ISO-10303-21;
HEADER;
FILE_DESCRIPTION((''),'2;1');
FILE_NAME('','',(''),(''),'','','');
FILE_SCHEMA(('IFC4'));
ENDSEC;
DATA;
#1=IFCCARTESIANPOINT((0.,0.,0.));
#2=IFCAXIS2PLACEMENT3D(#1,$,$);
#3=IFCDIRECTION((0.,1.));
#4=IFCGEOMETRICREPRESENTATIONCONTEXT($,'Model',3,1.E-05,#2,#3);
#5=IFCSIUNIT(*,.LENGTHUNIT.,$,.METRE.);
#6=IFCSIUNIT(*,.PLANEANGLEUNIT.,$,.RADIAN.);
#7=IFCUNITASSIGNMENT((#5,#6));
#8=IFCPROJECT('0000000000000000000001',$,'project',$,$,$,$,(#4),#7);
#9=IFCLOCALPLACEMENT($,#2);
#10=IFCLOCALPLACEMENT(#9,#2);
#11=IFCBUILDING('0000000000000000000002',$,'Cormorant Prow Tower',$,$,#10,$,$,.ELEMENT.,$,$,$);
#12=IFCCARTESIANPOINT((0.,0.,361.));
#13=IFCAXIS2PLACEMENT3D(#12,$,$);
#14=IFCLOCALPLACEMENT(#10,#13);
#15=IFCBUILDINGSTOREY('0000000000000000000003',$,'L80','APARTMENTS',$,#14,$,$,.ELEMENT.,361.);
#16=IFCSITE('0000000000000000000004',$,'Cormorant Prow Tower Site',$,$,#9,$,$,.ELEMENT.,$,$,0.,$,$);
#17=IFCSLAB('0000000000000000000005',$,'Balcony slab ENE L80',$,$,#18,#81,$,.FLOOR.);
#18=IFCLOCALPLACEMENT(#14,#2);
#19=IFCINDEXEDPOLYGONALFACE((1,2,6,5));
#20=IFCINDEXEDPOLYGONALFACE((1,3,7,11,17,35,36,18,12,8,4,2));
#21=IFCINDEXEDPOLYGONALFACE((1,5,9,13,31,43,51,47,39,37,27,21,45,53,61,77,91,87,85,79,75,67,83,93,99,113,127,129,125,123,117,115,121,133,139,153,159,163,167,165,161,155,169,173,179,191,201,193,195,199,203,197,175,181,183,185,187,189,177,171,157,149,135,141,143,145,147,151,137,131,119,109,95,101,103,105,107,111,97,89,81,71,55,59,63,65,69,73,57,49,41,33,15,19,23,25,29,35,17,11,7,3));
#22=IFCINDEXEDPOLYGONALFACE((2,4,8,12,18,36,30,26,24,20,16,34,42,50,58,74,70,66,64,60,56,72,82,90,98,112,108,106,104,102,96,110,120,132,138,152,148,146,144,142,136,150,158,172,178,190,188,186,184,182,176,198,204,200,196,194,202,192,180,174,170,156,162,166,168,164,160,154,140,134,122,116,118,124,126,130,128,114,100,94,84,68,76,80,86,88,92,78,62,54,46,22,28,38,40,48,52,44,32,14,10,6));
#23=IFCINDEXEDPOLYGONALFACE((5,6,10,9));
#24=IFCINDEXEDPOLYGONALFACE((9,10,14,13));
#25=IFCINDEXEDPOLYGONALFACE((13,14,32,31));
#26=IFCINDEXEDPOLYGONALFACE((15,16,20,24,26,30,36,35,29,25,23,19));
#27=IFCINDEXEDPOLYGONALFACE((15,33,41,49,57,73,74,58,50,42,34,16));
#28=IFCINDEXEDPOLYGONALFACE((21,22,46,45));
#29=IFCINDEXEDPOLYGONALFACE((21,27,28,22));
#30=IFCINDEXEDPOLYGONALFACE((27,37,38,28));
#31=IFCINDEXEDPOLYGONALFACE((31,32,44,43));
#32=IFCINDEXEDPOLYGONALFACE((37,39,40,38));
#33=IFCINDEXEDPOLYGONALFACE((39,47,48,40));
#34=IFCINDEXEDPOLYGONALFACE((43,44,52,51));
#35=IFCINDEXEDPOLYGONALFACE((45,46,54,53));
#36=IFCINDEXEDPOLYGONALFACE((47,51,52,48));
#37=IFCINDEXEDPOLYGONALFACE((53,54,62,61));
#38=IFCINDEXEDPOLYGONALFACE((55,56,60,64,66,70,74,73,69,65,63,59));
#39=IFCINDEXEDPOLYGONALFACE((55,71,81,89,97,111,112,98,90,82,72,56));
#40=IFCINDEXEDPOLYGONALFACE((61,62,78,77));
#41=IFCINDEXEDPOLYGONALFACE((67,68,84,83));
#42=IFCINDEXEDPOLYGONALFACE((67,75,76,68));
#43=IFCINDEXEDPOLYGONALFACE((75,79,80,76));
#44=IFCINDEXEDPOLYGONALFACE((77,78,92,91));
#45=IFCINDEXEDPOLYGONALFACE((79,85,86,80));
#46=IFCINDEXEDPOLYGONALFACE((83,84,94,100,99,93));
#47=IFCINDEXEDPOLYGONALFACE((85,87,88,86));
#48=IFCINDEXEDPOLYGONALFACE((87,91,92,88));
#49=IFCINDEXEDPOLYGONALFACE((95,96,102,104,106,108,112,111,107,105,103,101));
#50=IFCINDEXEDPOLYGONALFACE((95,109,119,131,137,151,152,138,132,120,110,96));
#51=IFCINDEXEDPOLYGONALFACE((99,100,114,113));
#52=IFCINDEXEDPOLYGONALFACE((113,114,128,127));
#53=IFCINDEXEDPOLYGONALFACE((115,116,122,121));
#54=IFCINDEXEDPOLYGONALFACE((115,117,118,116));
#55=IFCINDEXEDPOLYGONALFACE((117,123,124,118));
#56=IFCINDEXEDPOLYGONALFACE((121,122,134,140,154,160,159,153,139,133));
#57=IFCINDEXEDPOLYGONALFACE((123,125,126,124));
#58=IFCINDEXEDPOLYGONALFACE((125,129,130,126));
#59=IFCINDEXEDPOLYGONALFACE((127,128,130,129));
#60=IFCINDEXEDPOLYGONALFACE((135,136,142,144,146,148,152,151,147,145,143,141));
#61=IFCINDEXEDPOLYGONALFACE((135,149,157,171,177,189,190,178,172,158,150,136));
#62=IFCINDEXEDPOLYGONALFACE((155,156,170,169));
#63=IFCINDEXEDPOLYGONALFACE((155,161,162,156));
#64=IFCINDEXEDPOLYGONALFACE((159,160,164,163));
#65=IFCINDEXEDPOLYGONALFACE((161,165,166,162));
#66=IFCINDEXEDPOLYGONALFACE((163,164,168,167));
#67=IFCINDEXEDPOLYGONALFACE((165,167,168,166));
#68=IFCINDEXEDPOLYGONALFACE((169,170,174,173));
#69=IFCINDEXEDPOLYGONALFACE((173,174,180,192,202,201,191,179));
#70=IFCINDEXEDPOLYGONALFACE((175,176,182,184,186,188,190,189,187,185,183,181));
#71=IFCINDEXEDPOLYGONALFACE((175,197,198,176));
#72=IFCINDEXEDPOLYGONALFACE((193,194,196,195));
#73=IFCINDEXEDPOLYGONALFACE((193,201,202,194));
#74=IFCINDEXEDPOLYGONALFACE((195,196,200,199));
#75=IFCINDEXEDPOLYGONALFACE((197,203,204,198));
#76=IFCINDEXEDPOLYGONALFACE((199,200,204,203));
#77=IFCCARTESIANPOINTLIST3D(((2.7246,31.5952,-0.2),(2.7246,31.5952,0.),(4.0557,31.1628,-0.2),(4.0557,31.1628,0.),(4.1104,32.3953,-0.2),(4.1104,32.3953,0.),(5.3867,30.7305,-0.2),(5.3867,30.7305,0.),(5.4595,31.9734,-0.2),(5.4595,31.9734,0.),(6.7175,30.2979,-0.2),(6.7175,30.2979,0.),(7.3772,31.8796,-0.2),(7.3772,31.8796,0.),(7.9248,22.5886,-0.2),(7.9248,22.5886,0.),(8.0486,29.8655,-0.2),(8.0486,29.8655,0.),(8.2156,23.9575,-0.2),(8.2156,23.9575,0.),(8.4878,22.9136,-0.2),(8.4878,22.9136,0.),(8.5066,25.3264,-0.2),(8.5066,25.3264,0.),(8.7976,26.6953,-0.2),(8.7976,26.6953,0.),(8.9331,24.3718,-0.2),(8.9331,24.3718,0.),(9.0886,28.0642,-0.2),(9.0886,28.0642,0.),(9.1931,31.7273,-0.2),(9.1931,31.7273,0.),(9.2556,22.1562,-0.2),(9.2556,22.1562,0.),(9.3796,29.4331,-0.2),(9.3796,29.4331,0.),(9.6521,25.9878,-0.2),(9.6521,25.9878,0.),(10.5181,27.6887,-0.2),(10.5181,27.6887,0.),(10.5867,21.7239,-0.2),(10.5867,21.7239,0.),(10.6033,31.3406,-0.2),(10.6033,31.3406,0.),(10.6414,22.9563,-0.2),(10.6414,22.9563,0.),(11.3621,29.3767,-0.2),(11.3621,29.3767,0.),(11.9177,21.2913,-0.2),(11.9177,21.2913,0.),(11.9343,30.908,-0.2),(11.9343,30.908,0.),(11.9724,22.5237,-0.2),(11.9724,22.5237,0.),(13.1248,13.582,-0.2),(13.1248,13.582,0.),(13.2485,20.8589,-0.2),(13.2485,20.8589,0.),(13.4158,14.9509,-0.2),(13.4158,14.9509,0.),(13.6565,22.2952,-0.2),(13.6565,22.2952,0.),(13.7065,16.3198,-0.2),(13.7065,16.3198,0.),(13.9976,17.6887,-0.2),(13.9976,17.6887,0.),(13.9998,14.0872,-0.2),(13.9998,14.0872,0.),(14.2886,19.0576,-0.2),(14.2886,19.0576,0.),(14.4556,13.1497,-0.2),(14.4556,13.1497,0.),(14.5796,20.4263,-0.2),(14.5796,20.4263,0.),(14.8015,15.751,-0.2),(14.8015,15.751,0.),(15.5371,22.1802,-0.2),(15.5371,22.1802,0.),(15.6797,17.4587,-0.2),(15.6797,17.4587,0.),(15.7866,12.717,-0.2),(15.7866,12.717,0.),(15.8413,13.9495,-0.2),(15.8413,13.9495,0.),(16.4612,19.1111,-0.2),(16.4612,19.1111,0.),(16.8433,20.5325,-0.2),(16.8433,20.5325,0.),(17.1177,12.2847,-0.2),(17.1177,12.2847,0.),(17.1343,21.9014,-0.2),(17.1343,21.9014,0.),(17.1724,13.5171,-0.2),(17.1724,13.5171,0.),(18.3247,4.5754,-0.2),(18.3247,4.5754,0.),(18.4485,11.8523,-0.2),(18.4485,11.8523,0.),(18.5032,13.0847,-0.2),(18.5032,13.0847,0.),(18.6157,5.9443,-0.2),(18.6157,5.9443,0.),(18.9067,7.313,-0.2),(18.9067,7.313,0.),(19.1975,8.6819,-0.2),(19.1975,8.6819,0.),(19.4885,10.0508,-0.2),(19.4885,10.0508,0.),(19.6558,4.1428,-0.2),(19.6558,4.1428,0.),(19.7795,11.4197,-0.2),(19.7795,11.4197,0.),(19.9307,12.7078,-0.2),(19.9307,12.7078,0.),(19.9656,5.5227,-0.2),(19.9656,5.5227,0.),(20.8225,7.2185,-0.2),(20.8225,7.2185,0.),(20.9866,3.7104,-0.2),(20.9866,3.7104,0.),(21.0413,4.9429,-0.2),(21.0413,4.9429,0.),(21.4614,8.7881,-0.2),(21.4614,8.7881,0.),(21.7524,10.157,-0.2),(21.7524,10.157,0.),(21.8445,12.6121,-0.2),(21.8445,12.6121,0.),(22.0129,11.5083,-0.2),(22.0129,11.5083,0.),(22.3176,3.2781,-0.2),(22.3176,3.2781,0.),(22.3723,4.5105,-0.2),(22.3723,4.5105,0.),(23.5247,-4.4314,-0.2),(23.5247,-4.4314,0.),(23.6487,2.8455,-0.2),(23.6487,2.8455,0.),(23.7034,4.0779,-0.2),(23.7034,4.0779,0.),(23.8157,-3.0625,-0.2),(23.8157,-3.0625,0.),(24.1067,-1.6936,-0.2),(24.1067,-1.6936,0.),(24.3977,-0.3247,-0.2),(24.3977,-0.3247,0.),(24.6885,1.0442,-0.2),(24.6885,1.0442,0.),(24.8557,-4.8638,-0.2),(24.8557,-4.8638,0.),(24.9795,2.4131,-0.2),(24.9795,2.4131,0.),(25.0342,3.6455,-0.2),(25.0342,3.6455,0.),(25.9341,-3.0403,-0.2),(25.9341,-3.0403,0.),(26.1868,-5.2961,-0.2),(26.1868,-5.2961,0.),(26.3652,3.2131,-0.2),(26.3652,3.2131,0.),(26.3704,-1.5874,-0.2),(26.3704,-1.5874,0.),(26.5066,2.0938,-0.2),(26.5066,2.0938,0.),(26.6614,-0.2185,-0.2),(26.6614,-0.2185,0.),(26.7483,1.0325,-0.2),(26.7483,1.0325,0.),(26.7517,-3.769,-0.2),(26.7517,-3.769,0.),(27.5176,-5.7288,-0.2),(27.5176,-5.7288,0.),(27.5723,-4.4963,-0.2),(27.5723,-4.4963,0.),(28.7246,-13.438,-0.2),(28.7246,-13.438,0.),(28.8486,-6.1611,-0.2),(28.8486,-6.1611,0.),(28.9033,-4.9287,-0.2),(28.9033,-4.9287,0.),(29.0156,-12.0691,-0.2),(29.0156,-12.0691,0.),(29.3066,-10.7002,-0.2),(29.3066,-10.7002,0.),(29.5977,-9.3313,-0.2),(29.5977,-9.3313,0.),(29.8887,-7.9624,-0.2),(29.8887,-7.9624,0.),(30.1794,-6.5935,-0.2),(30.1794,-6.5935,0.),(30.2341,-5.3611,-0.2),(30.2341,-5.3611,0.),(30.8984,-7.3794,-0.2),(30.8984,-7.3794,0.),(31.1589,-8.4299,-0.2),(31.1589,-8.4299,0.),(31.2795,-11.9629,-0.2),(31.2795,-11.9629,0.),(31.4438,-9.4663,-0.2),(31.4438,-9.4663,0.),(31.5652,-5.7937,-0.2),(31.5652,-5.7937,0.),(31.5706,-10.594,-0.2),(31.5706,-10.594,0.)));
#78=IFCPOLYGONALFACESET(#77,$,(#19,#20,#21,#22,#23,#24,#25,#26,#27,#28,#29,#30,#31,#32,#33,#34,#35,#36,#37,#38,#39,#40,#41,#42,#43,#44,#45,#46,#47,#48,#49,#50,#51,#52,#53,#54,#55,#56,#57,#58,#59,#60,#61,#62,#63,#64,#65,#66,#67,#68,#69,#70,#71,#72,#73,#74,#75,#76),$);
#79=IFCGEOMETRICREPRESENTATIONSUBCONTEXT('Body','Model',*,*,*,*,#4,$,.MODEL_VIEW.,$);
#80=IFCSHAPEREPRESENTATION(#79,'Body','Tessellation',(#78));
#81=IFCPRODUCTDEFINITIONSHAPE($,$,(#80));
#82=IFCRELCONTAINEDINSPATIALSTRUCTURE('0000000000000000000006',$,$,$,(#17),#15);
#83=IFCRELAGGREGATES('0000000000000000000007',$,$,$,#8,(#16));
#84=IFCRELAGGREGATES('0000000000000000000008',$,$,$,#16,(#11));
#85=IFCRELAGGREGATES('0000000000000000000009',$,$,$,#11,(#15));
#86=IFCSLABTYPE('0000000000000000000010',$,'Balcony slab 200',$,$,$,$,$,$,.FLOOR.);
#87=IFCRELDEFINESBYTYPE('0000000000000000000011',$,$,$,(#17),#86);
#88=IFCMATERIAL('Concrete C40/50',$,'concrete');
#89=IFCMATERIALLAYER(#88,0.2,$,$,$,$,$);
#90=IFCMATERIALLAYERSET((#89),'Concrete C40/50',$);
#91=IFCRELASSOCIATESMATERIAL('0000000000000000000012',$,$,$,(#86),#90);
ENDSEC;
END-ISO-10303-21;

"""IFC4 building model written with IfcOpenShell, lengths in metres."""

from ifc_helpers import new_model, si_unit, direction, frame, origin, place, context, subcontext, project, spatial, polyline, outline, extrude, material, layer, layer_set, type_object, element, save


model = new_model("IFC4")

# Units and contexts
model_context = context("Model", 3, precision=1e-05, world=origin(), true_north=direction((0.0, 1.0)))
body_context = subcontext(model_context, "Body", "Model", "MODEL_VIEW")
ifc_project = project(units=[si_unit("LENGTHUNIT", "METRE"), si_unit("PLANEANGLEUNIT", "RADIAN")], contexts=[model_context])

# Site, building, storey
site_placement = place(None, origin())
site = spatial("IfcSite", under=ifc_project, at=site_placement, Name="Cormorant Prow Tower Site", CompositionType="ELEMENT", RefElevation=0.0)
building_placement = place(site_placement, origin())
building = spatial("IfcBuilding", under=site, at=building_placement, Name="Cormorant Prow Tower", CompositionType="ELEMENT")
storey_placement = place(building_placement, frame((0.0, 0.0, 361.0)))
storey = spatial("IfcBuildingStorey", under=building, at=storey_placement, Name="L80", Description="APARTMENTS", CompositionType="ELEMENT", Elevation=361.0)

# Slab
ifc_material_1 = material(Name="Concrete C40/50", Category="concrete")
ifc_layer_1 = layer(ifc_material_1, 0.2)
ifc_layer_set_1 = layer_set([ifc_layer_1], Name="Concrete C40/50")
slab_type_1 = type_object("IfcSlabType", Name="Balcony slab 200", PredefinedType="FLOOR", material=ifc_layer_set_1)
slab_1_placement = place(storey_placement, frame((0.0, 0.0, -0.2)))
element("IfcSlab", 1, at=slab_1_placement, inside=storey, type_object=slab_type_1, Name="Balcony slab ENE L80", PredefinedType="FLOOR", context=body_context, shape_type="SweptSolid", body=[
    extrude(outline(polyline([(28.7246, -13.438), (31.2795, -11.9629), (31.5706, -10.594), (31.4438, -9.4663), (31.1589, -8.4299), (30.8984, -7.3794), (31.5652, -5.7937), (30.2341, -5.3611), (28.9033, -4.9287), (27.5723, -4.4963), (26.7517, -3.769), (25.9341, -3.0403), (26.3704, -1.5874), (26.6614, -0.2185), (26.7483, 1.0325), (26.5066, 2.0938), (26.3652, 3.2131), (25.0342, 3.6455), (23.7034, 4.0779), (22.3723, 4.5105), (21.0413, 4.9429), (19.9656, 5.5227), (20.8225, 7.2185), (21.4614, 8.7881), (21.7524, 10.157), (22.0129, 11.5083), (21.8445, 12.6121), (19.9307, 12.7078), (18.5032, 13.0847), (17.1724, 13.5171), (15.8413, 13.9495), (13.9998, 14.0872), (14.8015, 15.751), (15.6797, 17.4587), (16.4612, 19.1111), (16.8433, 20.5325), (17.1343, 21.9014), (15.5371, 22.1802), (13.6565, 22.2952), (11.9724, 22.5237), (10.6414, 22.9563), (8.4878, 22.9136), (8.9331, 24.3718), (9.6521, 25.9878), (10.5181, 27.6887), (11.3621, 29.3767), (11.9343, 30.908), (10.6033, 31.3406), (9.1931, 31.7273), (7.3772, 31.8796), (5.4595, 31.9734), (4.1104, 32.3953), (2.7246, 31.5952), (4.0557, 31.1628), (5.3867, 30.7305), (6.7175, 30.2979), (8.0486, 29.8655), (9.3796, 29.4331), (9.0886, 28.0642), (8.7976, 26.6953), (8.5066, 25.3264), (8.2156, 23.9575), (7.9248, 22.5886), (9.2556, 22.1562), (10.5867, 21.7239), (11.9177, 21.2913), (13.2485, 20.8589), (14.5796, 20.4263), (14.2886, 19.0576), (13.9976, 17.6887), (13.7065, 16.3198), (13.4158, 14.9509), (13.1248, 13.582), (14.4556, 13.1497), (15.7866, 12.717), (17.1177, 12.2847), (18.4485, 11.8523), (19.7795, 11.4197), (19.4885, 10.0508), (19.1975, 8.6819), (18.9067, 7.313), (18.6157, 5.9443), (18.3247, 4.5754), (19.6558, 4.1428), (20.9866, 3.7104), (22.3176, 3.2781), (23.6487, 2.8455), (24.9795, 2.4131), (24.6885, 1.0442), (24.3977, -0.3247), (24.1067, -1.6936), (23.8157, -3.0625), (23.5247, -4.4314), (24.8557, -4.8638), (26.1868, -5.2961), (27.5176, -5.7288), (28.8486, -6.1611), (30.1794, -6.5935), (29.8887, -7.9624), (29.5977, -9.3313), (29.3066, -10.7002), (29.0156, -12.0691), (28.7246, -13.438)])), origin(), (0.0, 0.0, 1.0), 0.2),
])

save(model, "model.ifc")
